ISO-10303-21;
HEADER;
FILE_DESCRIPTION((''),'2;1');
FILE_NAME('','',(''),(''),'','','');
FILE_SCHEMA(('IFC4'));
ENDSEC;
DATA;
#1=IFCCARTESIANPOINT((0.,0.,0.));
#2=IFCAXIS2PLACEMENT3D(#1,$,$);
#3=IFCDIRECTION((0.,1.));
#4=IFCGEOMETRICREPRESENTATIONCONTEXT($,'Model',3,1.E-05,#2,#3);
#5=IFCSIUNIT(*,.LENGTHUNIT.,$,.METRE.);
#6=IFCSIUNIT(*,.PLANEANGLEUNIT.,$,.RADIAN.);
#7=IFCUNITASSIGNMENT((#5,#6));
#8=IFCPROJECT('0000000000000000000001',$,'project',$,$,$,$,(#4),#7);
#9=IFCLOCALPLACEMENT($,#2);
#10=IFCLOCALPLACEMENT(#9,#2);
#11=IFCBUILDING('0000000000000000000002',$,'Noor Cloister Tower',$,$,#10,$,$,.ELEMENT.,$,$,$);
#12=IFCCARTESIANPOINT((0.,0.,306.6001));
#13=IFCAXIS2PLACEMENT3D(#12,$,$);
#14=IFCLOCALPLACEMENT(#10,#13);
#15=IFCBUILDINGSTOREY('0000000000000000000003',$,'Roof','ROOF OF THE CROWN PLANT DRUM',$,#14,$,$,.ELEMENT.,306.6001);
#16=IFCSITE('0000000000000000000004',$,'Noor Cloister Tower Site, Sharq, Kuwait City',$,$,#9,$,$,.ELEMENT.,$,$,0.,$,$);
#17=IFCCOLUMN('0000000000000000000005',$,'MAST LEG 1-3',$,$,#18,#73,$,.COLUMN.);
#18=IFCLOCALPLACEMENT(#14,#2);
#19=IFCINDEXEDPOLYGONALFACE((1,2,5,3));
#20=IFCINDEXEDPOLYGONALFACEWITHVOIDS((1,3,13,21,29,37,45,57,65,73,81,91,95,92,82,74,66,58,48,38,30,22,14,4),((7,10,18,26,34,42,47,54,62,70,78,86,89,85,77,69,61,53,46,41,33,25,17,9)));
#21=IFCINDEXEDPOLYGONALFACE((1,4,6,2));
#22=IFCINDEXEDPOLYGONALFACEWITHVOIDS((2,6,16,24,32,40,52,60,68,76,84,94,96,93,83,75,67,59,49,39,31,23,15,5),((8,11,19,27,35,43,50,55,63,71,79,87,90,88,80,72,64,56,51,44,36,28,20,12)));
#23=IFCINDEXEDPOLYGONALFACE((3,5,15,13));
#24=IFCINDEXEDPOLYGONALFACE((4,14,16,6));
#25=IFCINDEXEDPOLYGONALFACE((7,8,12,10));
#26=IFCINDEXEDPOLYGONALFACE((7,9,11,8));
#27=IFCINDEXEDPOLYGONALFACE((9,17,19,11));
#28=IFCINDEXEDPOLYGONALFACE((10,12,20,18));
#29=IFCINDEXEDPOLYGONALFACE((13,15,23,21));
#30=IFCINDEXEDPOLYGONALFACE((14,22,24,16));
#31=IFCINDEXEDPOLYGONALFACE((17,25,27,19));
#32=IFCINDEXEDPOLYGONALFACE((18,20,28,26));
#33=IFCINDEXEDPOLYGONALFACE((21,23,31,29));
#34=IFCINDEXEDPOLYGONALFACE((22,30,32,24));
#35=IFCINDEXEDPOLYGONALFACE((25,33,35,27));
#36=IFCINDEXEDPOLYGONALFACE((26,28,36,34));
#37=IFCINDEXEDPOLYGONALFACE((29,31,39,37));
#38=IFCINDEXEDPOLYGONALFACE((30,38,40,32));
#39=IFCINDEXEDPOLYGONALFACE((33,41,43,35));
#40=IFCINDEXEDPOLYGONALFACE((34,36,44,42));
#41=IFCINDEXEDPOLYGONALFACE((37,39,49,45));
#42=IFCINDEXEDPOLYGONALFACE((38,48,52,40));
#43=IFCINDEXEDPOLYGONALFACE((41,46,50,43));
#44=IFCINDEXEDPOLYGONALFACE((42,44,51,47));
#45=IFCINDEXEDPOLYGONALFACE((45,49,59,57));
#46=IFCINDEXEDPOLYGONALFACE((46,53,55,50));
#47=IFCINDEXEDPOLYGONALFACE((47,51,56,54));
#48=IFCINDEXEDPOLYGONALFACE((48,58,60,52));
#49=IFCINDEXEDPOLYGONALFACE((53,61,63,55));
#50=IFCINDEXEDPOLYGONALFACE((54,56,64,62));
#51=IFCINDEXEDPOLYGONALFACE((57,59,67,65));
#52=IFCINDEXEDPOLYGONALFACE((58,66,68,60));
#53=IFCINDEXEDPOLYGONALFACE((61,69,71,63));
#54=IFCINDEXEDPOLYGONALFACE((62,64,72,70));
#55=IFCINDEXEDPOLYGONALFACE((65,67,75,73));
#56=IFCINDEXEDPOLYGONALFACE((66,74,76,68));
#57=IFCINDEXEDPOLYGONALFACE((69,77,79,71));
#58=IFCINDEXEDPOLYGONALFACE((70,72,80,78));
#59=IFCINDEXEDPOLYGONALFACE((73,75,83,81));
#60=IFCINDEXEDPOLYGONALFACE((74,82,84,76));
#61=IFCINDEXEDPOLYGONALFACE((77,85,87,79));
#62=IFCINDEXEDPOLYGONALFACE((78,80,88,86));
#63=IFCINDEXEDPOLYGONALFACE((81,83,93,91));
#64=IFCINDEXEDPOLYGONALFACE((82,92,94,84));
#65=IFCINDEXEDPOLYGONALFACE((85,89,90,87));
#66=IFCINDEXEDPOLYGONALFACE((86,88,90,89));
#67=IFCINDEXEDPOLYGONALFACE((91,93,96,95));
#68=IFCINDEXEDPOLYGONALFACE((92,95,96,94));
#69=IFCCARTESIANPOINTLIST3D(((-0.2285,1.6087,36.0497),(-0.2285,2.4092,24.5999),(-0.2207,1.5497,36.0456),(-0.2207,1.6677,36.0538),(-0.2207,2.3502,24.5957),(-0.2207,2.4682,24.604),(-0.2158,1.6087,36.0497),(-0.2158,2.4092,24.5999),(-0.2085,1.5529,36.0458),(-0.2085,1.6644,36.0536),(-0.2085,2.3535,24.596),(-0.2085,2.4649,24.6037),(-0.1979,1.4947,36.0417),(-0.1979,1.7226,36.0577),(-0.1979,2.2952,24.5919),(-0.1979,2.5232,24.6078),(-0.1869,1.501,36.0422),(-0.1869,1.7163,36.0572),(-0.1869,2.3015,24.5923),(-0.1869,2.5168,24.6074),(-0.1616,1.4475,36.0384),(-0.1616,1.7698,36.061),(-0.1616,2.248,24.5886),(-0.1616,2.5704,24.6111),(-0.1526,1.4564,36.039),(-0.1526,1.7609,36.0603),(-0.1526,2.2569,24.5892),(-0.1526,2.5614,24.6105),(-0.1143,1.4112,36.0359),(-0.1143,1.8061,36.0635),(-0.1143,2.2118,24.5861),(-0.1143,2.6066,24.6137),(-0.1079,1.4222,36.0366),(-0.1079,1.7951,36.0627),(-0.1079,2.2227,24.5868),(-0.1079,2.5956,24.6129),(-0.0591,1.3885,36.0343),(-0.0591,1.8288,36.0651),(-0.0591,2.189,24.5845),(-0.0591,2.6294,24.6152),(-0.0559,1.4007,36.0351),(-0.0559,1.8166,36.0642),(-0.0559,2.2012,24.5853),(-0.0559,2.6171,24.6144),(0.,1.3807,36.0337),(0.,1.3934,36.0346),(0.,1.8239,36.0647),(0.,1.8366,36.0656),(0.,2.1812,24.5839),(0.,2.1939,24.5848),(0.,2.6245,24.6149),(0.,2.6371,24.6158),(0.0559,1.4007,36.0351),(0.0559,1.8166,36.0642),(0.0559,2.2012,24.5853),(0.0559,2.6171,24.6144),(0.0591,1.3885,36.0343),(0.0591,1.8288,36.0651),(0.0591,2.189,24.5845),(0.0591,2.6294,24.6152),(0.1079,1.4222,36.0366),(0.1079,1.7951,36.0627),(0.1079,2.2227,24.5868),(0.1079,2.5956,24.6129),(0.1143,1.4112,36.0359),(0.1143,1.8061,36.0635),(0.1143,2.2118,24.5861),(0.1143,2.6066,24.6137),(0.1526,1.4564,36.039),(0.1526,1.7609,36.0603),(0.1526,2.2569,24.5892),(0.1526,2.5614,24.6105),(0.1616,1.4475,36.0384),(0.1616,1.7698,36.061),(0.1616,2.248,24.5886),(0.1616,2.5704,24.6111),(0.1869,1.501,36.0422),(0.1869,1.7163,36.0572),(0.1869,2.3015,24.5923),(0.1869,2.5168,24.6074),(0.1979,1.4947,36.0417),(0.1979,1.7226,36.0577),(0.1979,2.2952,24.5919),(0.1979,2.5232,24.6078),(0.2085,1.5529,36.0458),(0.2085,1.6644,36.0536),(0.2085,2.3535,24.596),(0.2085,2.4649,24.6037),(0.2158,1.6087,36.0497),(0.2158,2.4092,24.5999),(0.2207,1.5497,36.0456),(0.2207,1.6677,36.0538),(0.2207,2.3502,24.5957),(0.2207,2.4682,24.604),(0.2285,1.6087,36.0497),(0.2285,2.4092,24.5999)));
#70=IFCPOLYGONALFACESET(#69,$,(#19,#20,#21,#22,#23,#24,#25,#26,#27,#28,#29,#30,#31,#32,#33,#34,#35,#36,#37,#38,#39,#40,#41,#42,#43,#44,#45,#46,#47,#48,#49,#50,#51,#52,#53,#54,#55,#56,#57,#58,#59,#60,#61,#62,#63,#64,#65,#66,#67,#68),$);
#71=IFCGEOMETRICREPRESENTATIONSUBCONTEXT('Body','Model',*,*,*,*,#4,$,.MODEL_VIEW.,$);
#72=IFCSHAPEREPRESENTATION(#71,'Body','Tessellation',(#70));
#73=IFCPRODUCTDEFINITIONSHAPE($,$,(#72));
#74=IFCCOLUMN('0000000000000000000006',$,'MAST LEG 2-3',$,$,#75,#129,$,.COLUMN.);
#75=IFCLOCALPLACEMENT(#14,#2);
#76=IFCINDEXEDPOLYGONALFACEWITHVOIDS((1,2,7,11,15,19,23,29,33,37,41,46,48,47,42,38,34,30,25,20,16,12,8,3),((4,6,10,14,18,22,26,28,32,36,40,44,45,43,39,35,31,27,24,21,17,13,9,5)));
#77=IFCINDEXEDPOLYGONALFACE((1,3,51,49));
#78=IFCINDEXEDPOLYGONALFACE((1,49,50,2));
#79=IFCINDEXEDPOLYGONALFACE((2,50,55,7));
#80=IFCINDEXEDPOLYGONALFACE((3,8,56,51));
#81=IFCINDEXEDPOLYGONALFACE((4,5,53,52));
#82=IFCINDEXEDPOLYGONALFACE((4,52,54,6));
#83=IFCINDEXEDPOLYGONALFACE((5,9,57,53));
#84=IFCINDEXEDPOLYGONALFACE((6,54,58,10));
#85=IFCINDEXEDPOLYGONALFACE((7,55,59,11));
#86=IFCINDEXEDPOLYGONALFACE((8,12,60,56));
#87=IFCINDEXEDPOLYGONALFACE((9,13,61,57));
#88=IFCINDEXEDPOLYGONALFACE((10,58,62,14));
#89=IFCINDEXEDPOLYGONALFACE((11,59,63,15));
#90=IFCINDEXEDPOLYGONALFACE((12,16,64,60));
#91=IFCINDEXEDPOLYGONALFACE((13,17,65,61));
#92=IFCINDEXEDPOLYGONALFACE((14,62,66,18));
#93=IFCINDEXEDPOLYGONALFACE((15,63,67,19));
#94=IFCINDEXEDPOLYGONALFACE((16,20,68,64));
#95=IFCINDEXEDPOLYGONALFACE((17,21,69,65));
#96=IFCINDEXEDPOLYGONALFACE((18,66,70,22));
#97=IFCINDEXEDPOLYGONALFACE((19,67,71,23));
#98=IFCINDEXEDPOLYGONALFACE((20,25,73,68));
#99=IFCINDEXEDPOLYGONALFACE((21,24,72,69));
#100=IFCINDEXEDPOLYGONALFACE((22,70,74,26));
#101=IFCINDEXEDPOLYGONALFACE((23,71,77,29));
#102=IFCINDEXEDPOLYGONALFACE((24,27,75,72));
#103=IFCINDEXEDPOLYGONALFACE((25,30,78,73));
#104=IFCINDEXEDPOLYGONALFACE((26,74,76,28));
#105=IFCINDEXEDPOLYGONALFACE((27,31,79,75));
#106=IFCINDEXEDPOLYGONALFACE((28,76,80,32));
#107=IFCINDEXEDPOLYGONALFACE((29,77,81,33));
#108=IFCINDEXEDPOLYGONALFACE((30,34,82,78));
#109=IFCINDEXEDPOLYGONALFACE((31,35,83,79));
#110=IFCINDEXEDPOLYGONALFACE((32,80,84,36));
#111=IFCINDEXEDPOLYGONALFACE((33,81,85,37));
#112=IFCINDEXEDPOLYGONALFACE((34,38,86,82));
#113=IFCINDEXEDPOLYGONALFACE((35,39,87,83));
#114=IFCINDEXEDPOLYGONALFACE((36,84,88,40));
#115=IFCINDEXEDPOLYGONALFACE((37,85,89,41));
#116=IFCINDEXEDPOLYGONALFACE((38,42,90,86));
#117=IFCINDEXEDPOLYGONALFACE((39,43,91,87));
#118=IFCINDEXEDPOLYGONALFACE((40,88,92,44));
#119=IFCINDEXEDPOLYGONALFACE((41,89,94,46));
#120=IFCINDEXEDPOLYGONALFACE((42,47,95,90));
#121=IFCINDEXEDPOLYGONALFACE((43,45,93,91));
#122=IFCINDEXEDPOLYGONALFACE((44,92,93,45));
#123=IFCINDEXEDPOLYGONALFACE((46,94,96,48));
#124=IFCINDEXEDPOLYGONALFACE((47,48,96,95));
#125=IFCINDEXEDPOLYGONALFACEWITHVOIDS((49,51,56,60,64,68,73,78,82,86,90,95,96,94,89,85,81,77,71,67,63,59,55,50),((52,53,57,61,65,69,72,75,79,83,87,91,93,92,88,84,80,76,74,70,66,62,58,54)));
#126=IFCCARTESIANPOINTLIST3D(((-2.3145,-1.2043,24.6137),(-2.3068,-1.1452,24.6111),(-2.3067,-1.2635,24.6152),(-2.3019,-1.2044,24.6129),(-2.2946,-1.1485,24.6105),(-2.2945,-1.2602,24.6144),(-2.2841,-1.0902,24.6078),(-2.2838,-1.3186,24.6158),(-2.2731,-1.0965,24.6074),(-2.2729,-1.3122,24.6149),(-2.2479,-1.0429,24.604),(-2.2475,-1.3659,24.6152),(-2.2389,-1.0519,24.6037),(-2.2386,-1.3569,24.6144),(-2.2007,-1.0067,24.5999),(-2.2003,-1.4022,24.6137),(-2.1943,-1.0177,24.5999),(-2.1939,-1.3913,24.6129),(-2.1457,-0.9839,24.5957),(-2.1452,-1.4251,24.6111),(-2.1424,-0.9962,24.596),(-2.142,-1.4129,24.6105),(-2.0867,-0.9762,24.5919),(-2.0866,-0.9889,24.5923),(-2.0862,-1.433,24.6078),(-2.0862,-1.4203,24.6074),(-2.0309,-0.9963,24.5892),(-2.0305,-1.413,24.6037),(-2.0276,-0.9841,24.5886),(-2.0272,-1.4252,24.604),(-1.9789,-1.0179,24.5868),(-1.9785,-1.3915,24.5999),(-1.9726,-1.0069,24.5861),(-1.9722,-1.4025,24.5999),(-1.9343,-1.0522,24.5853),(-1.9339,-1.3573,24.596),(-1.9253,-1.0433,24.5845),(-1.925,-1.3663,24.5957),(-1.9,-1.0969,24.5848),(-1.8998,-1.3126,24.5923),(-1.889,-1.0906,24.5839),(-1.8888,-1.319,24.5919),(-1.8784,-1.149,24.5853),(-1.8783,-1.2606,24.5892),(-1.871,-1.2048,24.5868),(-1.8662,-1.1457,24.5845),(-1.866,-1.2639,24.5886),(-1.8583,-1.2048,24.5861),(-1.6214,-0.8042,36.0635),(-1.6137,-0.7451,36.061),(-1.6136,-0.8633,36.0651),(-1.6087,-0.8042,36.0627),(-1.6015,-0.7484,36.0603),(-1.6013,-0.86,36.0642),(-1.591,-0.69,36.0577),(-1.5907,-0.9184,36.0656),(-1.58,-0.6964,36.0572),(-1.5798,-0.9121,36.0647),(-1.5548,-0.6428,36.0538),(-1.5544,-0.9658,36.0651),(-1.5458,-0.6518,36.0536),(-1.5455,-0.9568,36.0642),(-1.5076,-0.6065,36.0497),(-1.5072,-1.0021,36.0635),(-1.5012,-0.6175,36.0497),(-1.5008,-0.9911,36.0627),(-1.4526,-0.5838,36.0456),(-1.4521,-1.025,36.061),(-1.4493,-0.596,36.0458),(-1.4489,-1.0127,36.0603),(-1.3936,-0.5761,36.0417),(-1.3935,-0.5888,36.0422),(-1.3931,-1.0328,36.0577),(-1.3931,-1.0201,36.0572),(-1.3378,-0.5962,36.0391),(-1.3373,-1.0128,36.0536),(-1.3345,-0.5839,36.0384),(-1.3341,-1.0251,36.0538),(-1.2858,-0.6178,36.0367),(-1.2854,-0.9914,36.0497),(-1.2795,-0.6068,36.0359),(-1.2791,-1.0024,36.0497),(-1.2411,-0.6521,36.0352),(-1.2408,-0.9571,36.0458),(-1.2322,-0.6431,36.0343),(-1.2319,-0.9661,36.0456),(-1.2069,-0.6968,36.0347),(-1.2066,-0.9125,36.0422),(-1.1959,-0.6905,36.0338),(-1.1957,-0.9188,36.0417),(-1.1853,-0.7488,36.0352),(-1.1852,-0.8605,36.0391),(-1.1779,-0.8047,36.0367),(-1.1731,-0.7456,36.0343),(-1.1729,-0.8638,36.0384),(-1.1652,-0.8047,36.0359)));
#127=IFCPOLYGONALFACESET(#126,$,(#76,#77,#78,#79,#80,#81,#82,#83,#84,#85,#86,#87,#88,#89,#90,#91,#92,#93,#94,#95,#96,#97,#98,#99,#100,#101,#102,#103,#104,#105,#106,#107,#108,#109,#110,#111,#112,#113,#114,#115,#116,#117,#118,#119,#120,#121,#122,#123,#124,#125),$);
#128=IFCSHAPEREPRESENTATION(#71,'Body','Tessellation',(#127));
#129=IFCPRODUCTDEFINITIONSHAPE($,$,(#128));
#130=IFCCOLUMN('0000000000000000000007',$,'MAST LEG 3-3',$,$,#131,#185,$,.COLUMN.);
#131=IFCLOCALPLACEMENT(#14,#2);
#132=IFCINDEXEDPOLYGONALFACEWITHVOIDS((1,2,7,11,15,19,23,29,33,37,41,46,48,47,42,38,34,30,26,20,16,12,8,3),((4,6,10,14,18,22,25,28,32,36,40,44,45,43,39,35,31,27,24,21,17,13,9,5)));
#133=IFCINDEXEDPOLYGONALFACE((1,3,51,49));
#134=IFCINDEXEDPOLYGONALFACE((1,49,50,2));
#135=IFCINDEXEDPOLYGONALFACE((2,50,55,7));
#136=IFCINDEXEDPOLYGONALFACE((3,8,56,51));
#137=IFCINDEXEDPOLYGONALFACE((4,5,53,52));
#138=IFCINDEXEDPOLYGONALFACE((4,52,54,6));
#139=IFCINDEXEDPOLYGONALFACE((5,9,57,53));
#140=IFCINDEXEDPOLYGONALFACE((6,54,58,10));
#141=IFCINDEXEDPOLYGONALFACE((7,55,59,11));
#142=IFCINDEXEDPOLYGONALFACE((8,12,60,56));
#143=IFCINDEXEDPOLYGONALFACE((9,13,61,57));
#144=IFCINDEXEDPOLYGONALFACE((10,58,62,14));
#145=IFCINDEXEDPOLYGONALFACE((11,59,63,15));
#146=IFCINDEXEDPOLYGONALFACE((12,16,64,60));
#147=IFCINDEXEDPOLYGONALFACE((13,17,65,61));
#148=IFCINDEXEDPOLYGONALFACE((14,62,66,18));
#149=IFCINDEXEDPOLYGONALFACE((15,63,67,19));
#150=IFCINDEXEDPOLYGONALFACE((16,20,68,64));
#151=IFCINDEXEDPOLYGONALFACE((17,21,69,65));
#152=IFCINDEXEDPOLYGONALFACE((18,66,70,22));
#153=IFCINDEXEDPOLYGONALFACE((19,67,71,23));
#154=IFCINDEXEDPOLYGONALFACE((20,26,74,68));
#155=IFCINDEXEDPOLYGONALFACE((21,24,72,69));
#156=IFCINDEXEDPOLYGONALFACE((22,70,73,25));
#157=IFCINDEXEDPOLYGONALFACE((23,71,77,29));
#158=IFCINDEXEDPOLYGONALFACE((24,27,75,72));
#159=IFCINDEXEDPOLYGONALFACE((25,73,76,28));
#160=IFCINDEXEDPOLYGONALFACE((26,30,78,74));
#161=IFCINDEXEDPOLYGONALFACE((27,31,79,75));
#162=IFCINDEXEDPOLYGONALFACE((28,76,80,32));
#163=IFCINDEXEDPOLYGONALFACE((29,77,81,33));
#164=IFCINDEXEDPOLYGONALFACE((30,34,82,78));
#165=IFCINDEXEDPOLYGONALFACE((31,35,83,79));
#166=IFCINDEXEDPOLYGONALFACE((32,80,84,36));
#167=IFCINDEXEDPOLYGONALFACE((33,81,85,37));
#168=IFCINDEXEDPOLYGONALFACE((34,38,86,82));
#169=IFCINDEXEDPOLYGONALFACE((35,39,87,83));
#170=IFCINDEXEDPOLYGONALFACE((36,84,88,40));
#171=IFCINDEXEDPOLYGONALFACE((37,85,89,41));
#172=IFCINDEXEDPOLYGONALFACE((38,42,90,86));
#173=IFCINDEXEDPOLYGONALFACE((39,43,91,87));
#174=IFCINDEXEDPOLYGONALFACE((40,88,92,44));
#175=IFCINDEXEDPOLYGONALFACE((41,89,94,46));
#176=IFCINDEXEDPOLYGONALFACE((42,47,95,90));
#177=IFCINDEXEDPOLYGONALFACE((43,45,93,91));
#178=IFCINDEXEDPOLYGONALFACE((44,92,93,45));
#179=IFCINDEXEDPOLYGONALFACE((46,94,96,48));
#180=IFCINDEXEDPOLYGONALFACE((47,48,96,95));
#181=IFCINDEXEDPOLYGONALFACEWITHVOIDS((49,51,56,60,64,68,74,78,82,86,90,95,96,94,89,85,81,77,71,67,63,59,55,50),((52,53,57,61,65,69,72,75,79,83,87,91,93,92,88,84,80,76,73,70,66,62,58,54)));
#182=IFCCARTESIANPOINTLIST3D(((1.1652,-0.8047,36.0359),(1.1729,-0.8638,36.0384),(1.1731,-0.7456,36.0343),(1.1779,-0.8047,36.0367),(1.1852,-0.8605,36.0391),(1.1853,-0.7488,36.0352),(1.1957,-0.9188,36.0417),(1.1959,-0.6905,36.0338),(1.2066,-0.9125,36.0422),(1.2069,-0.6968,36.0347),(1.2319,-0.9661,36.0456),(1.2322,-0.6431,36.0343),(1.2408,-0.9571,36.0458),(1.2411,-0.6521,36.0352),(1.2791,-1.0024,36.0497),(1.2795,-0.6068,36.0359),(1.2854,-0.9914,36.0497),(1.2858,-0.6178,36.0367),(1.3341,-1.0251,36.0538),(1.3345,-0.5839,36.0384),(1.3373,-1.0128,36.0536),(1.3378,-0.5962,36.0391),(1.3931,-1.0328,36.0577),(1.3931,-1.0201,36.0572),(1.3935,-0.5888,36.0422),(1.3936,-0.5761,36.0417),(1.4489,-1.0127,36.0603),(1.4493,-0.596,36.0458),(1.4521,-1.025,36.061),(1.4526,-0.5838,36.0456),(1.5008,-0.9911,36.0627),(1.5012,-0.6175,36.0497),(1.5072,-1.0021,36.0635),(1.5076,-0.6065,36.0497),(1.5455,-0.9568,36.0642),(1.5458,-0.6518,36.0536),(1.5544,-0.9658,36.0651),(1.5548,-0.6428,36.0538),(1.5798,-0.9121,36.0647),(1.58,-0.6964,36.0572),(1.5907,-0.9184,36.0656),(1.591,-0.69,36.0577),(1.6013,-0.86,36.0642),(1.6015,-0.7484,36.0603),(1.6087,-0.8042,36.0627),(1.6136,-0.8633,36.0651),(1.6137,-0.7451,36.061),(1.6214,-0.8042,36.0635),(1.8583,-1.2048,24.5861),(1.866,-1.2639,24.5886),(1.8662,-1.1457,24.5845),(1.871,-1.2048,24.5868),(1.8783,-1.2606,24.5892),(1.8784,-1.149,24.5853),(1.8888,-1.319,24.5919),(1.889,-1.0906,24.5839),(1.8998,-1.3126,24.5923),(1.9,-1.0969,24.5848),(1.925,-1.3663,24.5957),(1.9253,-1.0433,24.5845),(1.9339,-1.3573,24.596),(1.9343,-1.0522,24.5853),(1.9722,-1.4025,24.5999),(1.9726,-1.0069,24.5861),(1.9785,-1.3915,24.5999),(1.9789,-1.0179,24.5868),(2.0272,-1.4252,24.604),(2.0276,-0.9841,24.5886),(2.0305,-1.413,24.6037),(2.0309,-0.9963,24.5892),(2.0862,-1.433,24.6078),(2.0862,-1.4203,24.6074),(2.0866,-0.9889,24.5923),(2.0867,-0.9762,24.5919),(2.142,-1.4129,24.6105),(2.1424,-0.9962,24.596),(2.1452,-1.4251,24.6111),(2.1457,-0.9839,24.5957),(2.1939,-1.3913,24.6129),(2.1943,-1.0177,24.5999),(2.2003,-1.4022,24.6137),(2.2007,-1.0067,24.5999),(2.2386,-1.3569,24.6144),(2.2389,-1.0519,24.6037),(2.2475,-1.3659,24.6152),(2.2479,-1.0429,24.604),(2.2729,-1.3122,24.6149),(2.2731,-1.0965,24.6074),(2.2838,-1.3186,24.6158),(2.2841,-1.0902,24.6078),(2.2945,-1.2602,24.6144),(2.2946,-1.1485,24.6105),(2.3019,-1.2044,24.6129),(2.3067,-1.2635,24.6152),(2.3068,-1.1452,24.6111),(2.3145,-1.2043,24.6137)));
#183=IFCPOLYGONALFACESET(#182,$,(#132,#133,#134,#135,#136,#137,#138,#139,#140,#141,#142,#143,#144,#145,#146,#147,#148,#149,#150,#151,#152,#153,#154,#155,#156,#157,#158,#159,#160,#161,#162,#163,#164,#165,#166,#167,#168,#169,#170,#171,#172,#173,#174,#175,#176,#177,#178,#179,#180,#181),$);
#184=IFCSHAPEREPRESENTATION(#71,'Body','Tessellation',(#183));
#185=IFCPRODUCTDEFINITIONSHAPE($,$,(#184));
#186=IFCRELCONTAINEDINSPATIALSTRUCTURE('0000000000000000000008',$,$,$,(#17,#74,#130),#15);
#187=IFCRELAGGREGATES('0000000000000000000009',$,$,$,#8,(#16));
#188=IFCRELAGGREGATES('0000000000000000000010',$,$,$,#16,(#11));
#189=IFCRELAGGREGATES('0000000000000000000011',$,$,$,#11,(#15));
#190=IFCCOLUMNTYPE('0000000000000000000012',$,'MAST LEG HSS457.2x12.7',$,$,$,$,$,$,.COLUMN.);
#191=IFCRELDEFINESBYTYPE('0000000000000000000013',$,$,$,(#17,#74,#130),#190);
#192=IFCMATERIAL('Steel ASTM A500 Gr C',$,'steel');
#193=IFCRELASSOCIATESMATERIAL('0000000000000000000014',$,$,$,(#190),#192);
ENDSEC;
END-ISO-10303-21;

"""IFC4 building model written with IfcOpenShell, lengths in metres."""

from ifc_helpers import new_model, si_unit, direction, frame, origin, origin_2d, place, context, subcontext, project, spatial, hollow_circle, extrude, material, material_profile, profile_set, type_object, element, save


model = new_model("IFC4")

# Units and contexts
model_context = context("Model", 3, precision=1e-05, world=origin(), true_north=direction((0.0, 1.0)))
body_context = subcontext(model_context, "Body", "Model", "MODEL_VIEW")
ifc_project = project(units=[si_unit("LENGTHUNIT", "METRE"), si_unit("PLANEANGLEUNIT", "RADIAN")], contexts=[model_context])

# Site, building, storey
site_placement = place(None, origin())
site = spatial("IfcSite", under=ifc_project, at=site_placement, Name="Noor Cloister Tower Site, Sharq, Kuwait City", CompositionType="ELEMENT", RefElevation=0.0)
building_placement = place(site_placement, origin())
building = spatial("IfcBuilding", under=site, at=building_placement, Name="Noor Cloister Tower", CompositionType="ELEMENT")
storey_placement = place(building_placement, frame((0.0, 0.0, 306.6001)))
storey = spatial("IfcBuildingStorey", under=building, at=storey_placement, Name="Roof", Description="ROOF OF THE CROWN PLANT DRUM", CompositionType="ELEMENT", Elevation=306.6001)

# Columns
ifc_material_1 = material(Name="Steel ASTM A500 Gr C", Category="steel")
ifc_material_profile_1 = material_profile(ifc_material_1, hollow_circle(Radius=0.2285, WallThickness=0.0127, at=origin_2d()), Name="HSS457.2x12.7")
ifc_profile_set_1 = profile_set([ifc_material_profile_1], Name="Steel ASTM A500 Gr C")
column_type_1 = type_object("IfcColumnType", Name="MAST LEG HSS457.2x12.7", PredefinedType="COLUMN", material=ifc_profile_set_1)
for number, where, z_axis, x_axis, name in (
    (1, (0.0, 2.4092, 24.5999), (0.0, -0.069746, 0.997565), (1.0, 0.0, 0.0), "MAST LEG 1-3"),
    (2, (-2.0864, -1.2046, 24.5999), (0.060387, 0.034862, 0.997566), (-0.499978, 0.866038, 0.0), "MAST LEG 2-3"),
    (3, (2.0864, -1.2046, 24.5999), (-0.060387, 0.034862, 0.997566), (-0.499978, -0.866038, 0.0), "MAST LEG 3-3"),
):
    element("IfcColumn", number, at=place(storey_placement, frame(where, z_axis=z_axis, x_axis=x_axis)), inside=storey, type_object=column_type_1, Name=name, PredefinedType="COLUMN", context=body_context, shape_type="SweptSolid", body=[
        extrude(hollow_circle(Radius=0.2285, WallThickness=0.0127, at=origin_2d()), origin(), (0.0, 0.0, 1.0), 11.4778),
    ])

save(model, "model.ifc")
